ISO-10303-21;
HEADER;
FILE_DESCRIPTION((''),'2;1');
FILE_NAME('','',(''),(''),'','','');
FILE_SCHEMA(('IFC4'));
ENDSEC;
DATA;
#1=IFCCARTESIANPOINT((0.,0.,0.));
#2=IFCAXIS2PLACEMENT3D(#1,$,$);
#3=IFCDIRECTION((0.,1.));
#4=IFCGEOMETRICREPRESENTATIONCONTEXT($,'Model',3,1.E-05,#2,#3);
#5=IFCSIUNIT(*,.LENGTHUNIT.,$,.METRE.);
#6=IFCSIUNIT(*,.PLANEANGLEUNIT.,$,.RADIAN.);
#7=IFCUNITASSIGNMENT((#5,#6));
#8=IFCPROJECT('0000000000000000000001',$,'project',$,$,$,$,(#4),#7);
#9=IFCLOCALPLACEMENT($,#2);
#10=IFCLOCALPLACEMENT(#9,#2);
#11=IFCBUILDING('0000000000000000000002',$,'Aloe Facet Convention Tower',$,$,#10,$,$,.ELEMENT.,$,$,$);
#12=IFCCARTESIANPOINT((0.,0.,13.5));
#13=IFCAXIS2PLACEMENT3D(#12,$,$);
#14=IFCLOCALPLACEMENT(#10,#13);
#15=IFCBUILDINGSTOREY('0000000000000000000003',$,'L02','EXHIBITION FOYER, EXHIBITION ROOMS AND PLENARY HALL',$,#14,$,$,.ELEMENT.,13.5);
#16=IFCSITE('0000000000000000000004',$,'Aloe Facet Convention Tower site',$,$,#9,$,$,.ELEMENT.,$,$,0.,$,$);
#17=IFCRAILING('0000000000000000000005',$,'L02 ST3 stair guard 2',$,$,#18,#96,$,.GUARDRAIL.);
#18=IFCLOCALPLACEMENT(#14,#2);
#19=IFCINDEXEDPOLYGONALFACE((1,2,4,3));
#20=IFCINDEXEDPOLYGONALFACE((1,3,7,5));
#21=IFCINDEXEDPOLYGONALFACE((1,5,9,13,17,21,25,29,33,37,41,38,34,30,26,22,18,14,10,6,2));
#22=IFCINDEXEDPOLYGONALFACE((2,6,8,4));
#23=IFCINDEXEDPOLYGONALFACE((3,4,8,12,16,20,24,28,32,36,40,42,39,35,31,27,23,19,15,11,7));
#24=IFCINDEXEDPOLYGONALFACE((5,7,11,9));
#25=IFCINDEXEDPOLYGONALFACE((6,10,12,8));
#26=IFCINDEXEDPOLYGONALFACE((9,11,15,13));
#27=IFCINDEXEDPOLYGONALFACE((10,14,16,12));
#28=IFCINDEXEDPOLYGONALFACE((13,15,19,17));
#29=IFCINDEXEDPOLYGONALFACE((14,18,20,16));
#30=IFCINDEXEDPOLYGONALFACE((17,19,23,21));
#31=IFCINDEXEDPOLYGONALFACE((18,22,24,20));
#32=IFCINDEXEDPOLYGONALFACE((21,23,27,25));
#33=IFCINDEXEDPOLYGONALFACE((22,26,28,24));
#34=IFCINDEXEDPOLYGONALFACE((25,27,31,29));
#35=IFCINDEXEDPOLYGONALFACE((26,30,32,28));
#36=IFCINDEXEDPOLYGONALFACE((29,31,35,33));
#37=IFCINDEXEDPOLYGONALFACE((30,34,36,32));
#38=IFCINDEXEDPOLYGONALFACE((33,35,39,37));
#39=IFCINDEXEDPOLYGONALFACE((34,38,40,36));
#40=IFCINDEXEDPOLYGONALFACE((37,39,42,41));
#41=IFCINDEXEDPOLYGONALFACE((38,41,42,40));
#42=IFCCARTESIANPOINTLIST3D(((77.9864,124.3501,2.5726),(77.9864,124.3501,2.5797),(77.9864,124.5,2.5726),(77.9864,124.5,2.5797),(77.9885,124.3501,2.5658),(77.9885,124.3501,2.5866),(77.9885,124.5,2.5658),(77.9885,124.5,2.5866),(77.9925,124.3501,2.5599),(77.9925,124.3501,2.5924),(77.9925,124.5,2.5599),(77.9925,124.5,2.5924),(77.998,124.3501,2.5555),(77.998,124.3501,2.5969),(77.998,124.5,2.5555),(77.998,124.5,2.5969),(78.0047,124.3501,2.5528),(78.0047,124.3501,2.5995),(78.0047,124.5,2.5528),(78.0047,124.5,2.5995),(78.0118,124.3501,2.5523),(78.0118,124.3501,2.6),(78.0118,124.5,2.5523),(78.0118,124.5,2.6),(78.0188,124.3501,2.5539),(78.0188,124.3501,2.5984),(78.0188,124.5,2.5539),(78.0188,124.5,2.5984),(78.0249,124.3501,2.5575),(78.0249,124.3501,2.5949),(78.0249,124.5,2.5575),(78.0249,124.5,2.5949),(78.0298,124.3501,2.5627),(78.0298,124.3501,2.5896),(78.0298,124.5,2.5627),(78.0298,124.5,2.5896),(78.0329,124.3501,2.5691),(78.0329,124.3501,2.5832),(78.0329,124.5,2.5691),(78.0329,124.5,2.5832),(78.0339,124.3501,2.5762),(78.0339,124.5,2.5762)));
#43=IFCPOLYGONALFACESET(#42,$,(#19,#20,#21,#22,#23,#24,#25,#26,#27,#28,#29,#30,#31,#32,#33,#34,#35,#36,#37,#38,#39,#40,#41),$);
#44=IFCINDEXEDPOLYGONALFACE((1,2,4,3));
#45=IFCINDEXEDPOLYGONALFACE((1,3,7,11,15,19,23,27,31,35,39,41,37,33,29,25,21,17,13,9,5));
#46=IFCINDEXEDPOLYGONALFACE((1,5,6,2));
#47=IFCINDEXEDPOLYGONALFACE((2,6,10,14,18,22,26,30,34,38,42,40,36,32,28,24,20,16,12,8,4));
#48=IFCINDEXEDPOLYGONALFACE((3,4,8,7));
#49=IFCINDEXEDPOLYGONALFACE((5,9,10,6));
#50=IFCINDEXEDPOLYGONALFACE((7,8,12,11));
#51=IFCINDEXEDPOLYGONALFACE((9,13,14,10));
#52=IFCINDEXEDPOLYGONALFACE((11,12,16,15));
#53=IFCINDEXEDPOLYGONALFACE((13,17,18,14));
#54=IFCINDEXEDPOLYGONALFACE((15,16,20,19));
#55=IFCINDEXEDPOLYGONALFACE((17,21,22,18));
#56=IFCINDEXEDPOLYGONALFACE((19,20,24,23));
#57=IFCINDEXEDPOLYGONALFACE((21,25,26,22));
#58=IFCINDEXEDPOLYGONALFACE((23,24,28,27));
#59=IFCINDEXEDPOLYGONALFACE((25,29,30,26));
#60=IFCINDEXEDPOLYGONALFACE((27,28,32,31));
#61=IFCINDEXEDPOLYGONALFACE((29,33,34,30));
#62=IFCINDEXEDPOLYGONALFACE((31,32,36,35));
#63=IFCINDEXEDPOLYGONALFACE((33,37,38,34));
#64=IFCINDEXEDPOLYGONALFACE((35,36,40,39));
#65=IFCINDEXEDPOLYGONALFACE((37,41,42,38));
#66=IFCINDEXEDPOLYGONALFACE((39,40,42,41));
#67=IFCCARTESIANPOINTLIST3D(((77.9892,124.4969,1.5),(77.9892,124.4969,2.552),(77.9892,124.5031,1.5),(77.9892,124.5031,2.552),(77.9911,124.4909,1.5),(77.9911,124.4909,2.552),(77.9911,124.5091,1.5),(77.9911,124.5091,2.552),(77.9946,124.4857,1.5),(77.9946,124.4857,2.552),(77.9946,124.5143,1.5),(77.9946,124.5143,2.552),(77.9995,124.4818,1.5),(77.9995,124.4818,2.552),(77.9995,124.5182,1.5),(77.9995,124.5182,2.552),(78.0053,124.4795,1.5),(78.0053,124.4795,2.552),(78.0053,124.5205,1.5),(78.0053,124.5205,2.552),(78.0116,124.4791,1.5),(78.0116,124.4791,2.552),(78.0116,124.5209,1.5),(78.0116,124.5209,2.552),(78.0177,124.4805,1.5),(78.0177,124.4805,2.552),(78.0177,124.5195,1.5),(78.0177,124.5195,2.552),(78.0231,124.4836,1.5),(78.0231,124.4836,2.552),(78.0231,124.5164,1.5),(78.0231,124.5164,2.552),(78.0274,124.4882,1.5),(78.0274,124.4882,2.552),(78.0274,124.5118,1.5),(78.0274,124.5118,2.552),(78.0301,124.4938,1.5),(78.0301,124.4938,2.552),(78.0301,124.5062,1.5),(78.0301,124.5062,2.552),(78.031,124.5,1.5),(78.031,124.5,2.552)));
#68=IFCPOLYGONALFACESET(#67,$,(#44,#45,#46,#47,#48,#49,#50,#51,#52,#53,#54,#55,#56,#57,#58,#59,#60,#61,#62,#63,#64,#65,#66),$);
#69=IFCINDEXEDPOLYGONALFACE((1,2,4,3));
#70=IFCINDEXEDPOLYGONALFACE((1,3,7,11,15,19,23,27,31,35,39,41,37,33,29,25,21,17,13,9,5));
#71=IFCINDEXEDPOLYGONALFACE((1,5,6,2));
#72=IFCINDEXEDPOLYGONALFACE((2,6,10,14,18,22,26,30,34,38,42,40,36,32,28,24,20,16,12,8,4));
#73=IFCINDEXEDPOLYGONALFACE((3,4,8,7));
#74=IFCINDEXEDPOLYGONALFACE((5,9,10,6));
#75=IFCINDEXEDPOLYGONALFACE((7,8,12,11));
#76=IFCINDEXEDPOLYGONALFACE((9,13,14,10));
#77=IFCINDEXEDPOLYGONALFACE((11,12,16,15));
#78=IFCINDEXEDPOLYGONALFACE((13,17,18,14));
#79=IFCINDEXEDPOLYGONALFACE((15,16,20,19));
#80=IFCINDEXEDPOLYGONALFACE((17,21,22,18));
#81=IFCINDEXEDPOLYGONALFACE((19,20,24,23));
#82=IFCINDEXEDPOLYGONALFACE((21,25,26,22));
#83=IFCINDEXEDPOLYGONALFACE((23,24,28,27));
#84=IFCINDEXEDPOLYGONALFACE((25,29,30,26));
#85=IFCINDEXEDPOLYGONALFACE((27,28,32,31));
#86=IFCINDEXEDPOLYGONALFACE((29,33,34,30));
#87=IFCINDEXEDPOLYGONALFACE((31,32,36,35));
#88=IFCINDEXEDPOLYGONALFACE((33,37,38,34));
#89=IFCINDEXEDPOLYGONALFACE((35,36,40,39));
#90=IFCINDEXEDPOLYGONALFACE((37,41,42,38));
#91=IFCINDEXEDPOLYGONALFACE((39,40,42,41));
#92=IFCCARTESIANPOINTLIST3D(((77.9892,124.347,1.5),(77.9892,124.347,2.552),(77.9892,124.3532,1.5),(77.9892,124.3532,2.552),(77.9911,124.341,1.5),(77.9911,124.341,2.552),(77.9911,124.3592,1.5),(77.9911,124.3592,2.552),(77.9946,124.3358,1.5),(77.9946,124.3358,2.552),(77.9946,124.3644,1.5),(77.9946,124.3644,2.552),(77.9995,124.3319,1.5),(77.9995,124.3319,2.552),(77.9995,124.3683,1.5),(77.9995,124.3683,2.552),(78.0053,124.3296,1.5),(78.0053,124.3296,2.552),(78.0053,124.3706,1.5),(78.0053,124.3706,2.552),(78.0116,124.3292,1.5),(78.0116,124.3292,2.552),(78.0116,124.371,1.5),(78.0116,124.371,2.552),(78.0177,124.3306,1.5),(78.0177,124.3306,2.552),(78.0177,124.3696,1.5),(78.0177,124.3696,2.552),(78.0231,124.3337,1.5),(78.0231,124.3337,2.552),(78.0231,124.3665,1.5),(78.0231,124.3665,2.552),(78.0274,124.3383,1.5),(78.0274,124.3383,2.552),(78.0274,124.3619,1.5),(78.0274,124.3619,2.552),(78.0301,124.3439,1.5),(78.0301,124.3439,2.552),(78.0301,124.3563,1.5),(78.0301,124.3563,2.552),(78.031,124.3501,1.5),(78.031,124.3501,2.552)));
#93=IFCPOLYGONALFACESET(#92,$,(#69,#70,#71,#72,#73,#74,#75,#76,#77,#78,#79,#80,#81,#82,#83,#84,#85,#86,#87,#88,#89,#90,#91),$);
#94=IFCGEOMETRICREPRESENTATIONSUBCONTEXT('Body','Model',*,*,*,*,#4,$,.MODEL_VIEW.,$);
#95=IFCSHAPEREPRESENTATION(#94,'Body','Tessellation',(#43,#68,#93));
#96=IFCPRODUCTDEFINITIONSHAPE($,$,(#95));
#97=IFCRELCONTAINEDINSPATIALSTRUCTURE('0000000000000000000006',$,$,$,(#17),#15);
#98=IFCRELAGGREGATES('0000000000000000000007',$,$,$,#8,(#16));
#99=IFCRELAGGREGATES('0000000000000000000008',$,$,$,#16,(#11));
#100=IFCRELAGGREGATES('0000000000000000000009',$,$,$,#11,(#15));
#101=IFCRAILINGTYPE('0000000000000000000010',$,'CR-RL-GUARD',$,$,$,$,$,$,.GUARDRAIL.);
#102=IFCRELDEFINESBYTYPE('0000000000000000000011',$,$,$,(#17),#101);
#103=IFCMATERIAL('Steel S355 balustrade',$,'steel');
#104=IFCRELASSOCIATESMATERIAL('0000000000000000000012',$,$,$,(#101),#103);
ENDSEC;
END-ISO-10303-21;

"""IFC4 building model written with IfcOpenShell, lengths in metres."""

from ifc_helpers import new_model, si_unit, direction, frame, origin, origin_2d, place, context, subcontext, project, spatial, circle, extrude, material, type_object, element, save


model = new_model("IFC4")

# Units and contexts
model_context = context("Model", 3, precision=1e-05, world=origin(), true_north=direction((0.0, 1.0)))
body_context = subcontext(model_context, "Body", "Model", "MODEL_VIEW")
ifc_project = project(units=[si_unit("LENGTHUNIT", "METRE"), si_unit("PLANEANGLEUNIT", "RADIAN")], contexts=[model_context])

# Site, building, storey
site_placement = place(None, origin())
site = spatial("IfcSite", under=ifc_project, at=site_placement, Name="Aloe Facet Convention Tower site", CompositionType="ELEMENT", RefElevation=0.0)
building_placement = place(site_placement, origin())
building = spatial("IfcBuilding", under=site, at=building_placement, Name="Aloe Facet Convention Tower", CompositionType="ELEMENT")
storey_placement = place(building_placement, frame((0.0, 0.0, 13.5)))
storey = spatial("IfcBuildingStorey", under=building, at=storey_placement, Name="L02", Description="EXHIBITION FOYER, EXHIBITION ROOMS AND PLENARY HALL", CompositionType="ELEMENT", Elevation=13.5)

# Railing
ifc_material_1 = material(Name="Steel S355 balustrade", Category="steel")
railing_type_1 = type_object("IfcRailingType", Name="CR-RL-GUARD", PredefinedType="GUARDRAIL", material=ifc_material_1)
railing_1_placement = place(storey_placement, frame((78.01, 124.5, 1.5)))
element("IfcRailing", 1, at=railing_1_placement, inside=storey, type_object=railing_type_1, Name="L02 ST3 stair guard 2", PredefinedType="GUARDRAIL", context=body_context, shape_type="SweptSolid", body=[
    extrude(circle(Radius=0.0239, at=origin_2d()), frame((0.0, 0.0, 1.0762), z_axis=(0.0, -1.0, 0.0), x_axis=(1.0, 0.0, 0.0)), (0.0, 0.0, 1.0), 0.1499),
    extrude(circle(Radius=0.021, at=origin_2d()), origin(), (0.0, 0.0, 1.0), 1.052),
    extrude(circle(Radius=0.021, at=origin_2d()), frame((0.0, -0.1499, 0.0)), (0.0, 0.0, 1.0), 1.052),
])

save(model, "model.ifc")
